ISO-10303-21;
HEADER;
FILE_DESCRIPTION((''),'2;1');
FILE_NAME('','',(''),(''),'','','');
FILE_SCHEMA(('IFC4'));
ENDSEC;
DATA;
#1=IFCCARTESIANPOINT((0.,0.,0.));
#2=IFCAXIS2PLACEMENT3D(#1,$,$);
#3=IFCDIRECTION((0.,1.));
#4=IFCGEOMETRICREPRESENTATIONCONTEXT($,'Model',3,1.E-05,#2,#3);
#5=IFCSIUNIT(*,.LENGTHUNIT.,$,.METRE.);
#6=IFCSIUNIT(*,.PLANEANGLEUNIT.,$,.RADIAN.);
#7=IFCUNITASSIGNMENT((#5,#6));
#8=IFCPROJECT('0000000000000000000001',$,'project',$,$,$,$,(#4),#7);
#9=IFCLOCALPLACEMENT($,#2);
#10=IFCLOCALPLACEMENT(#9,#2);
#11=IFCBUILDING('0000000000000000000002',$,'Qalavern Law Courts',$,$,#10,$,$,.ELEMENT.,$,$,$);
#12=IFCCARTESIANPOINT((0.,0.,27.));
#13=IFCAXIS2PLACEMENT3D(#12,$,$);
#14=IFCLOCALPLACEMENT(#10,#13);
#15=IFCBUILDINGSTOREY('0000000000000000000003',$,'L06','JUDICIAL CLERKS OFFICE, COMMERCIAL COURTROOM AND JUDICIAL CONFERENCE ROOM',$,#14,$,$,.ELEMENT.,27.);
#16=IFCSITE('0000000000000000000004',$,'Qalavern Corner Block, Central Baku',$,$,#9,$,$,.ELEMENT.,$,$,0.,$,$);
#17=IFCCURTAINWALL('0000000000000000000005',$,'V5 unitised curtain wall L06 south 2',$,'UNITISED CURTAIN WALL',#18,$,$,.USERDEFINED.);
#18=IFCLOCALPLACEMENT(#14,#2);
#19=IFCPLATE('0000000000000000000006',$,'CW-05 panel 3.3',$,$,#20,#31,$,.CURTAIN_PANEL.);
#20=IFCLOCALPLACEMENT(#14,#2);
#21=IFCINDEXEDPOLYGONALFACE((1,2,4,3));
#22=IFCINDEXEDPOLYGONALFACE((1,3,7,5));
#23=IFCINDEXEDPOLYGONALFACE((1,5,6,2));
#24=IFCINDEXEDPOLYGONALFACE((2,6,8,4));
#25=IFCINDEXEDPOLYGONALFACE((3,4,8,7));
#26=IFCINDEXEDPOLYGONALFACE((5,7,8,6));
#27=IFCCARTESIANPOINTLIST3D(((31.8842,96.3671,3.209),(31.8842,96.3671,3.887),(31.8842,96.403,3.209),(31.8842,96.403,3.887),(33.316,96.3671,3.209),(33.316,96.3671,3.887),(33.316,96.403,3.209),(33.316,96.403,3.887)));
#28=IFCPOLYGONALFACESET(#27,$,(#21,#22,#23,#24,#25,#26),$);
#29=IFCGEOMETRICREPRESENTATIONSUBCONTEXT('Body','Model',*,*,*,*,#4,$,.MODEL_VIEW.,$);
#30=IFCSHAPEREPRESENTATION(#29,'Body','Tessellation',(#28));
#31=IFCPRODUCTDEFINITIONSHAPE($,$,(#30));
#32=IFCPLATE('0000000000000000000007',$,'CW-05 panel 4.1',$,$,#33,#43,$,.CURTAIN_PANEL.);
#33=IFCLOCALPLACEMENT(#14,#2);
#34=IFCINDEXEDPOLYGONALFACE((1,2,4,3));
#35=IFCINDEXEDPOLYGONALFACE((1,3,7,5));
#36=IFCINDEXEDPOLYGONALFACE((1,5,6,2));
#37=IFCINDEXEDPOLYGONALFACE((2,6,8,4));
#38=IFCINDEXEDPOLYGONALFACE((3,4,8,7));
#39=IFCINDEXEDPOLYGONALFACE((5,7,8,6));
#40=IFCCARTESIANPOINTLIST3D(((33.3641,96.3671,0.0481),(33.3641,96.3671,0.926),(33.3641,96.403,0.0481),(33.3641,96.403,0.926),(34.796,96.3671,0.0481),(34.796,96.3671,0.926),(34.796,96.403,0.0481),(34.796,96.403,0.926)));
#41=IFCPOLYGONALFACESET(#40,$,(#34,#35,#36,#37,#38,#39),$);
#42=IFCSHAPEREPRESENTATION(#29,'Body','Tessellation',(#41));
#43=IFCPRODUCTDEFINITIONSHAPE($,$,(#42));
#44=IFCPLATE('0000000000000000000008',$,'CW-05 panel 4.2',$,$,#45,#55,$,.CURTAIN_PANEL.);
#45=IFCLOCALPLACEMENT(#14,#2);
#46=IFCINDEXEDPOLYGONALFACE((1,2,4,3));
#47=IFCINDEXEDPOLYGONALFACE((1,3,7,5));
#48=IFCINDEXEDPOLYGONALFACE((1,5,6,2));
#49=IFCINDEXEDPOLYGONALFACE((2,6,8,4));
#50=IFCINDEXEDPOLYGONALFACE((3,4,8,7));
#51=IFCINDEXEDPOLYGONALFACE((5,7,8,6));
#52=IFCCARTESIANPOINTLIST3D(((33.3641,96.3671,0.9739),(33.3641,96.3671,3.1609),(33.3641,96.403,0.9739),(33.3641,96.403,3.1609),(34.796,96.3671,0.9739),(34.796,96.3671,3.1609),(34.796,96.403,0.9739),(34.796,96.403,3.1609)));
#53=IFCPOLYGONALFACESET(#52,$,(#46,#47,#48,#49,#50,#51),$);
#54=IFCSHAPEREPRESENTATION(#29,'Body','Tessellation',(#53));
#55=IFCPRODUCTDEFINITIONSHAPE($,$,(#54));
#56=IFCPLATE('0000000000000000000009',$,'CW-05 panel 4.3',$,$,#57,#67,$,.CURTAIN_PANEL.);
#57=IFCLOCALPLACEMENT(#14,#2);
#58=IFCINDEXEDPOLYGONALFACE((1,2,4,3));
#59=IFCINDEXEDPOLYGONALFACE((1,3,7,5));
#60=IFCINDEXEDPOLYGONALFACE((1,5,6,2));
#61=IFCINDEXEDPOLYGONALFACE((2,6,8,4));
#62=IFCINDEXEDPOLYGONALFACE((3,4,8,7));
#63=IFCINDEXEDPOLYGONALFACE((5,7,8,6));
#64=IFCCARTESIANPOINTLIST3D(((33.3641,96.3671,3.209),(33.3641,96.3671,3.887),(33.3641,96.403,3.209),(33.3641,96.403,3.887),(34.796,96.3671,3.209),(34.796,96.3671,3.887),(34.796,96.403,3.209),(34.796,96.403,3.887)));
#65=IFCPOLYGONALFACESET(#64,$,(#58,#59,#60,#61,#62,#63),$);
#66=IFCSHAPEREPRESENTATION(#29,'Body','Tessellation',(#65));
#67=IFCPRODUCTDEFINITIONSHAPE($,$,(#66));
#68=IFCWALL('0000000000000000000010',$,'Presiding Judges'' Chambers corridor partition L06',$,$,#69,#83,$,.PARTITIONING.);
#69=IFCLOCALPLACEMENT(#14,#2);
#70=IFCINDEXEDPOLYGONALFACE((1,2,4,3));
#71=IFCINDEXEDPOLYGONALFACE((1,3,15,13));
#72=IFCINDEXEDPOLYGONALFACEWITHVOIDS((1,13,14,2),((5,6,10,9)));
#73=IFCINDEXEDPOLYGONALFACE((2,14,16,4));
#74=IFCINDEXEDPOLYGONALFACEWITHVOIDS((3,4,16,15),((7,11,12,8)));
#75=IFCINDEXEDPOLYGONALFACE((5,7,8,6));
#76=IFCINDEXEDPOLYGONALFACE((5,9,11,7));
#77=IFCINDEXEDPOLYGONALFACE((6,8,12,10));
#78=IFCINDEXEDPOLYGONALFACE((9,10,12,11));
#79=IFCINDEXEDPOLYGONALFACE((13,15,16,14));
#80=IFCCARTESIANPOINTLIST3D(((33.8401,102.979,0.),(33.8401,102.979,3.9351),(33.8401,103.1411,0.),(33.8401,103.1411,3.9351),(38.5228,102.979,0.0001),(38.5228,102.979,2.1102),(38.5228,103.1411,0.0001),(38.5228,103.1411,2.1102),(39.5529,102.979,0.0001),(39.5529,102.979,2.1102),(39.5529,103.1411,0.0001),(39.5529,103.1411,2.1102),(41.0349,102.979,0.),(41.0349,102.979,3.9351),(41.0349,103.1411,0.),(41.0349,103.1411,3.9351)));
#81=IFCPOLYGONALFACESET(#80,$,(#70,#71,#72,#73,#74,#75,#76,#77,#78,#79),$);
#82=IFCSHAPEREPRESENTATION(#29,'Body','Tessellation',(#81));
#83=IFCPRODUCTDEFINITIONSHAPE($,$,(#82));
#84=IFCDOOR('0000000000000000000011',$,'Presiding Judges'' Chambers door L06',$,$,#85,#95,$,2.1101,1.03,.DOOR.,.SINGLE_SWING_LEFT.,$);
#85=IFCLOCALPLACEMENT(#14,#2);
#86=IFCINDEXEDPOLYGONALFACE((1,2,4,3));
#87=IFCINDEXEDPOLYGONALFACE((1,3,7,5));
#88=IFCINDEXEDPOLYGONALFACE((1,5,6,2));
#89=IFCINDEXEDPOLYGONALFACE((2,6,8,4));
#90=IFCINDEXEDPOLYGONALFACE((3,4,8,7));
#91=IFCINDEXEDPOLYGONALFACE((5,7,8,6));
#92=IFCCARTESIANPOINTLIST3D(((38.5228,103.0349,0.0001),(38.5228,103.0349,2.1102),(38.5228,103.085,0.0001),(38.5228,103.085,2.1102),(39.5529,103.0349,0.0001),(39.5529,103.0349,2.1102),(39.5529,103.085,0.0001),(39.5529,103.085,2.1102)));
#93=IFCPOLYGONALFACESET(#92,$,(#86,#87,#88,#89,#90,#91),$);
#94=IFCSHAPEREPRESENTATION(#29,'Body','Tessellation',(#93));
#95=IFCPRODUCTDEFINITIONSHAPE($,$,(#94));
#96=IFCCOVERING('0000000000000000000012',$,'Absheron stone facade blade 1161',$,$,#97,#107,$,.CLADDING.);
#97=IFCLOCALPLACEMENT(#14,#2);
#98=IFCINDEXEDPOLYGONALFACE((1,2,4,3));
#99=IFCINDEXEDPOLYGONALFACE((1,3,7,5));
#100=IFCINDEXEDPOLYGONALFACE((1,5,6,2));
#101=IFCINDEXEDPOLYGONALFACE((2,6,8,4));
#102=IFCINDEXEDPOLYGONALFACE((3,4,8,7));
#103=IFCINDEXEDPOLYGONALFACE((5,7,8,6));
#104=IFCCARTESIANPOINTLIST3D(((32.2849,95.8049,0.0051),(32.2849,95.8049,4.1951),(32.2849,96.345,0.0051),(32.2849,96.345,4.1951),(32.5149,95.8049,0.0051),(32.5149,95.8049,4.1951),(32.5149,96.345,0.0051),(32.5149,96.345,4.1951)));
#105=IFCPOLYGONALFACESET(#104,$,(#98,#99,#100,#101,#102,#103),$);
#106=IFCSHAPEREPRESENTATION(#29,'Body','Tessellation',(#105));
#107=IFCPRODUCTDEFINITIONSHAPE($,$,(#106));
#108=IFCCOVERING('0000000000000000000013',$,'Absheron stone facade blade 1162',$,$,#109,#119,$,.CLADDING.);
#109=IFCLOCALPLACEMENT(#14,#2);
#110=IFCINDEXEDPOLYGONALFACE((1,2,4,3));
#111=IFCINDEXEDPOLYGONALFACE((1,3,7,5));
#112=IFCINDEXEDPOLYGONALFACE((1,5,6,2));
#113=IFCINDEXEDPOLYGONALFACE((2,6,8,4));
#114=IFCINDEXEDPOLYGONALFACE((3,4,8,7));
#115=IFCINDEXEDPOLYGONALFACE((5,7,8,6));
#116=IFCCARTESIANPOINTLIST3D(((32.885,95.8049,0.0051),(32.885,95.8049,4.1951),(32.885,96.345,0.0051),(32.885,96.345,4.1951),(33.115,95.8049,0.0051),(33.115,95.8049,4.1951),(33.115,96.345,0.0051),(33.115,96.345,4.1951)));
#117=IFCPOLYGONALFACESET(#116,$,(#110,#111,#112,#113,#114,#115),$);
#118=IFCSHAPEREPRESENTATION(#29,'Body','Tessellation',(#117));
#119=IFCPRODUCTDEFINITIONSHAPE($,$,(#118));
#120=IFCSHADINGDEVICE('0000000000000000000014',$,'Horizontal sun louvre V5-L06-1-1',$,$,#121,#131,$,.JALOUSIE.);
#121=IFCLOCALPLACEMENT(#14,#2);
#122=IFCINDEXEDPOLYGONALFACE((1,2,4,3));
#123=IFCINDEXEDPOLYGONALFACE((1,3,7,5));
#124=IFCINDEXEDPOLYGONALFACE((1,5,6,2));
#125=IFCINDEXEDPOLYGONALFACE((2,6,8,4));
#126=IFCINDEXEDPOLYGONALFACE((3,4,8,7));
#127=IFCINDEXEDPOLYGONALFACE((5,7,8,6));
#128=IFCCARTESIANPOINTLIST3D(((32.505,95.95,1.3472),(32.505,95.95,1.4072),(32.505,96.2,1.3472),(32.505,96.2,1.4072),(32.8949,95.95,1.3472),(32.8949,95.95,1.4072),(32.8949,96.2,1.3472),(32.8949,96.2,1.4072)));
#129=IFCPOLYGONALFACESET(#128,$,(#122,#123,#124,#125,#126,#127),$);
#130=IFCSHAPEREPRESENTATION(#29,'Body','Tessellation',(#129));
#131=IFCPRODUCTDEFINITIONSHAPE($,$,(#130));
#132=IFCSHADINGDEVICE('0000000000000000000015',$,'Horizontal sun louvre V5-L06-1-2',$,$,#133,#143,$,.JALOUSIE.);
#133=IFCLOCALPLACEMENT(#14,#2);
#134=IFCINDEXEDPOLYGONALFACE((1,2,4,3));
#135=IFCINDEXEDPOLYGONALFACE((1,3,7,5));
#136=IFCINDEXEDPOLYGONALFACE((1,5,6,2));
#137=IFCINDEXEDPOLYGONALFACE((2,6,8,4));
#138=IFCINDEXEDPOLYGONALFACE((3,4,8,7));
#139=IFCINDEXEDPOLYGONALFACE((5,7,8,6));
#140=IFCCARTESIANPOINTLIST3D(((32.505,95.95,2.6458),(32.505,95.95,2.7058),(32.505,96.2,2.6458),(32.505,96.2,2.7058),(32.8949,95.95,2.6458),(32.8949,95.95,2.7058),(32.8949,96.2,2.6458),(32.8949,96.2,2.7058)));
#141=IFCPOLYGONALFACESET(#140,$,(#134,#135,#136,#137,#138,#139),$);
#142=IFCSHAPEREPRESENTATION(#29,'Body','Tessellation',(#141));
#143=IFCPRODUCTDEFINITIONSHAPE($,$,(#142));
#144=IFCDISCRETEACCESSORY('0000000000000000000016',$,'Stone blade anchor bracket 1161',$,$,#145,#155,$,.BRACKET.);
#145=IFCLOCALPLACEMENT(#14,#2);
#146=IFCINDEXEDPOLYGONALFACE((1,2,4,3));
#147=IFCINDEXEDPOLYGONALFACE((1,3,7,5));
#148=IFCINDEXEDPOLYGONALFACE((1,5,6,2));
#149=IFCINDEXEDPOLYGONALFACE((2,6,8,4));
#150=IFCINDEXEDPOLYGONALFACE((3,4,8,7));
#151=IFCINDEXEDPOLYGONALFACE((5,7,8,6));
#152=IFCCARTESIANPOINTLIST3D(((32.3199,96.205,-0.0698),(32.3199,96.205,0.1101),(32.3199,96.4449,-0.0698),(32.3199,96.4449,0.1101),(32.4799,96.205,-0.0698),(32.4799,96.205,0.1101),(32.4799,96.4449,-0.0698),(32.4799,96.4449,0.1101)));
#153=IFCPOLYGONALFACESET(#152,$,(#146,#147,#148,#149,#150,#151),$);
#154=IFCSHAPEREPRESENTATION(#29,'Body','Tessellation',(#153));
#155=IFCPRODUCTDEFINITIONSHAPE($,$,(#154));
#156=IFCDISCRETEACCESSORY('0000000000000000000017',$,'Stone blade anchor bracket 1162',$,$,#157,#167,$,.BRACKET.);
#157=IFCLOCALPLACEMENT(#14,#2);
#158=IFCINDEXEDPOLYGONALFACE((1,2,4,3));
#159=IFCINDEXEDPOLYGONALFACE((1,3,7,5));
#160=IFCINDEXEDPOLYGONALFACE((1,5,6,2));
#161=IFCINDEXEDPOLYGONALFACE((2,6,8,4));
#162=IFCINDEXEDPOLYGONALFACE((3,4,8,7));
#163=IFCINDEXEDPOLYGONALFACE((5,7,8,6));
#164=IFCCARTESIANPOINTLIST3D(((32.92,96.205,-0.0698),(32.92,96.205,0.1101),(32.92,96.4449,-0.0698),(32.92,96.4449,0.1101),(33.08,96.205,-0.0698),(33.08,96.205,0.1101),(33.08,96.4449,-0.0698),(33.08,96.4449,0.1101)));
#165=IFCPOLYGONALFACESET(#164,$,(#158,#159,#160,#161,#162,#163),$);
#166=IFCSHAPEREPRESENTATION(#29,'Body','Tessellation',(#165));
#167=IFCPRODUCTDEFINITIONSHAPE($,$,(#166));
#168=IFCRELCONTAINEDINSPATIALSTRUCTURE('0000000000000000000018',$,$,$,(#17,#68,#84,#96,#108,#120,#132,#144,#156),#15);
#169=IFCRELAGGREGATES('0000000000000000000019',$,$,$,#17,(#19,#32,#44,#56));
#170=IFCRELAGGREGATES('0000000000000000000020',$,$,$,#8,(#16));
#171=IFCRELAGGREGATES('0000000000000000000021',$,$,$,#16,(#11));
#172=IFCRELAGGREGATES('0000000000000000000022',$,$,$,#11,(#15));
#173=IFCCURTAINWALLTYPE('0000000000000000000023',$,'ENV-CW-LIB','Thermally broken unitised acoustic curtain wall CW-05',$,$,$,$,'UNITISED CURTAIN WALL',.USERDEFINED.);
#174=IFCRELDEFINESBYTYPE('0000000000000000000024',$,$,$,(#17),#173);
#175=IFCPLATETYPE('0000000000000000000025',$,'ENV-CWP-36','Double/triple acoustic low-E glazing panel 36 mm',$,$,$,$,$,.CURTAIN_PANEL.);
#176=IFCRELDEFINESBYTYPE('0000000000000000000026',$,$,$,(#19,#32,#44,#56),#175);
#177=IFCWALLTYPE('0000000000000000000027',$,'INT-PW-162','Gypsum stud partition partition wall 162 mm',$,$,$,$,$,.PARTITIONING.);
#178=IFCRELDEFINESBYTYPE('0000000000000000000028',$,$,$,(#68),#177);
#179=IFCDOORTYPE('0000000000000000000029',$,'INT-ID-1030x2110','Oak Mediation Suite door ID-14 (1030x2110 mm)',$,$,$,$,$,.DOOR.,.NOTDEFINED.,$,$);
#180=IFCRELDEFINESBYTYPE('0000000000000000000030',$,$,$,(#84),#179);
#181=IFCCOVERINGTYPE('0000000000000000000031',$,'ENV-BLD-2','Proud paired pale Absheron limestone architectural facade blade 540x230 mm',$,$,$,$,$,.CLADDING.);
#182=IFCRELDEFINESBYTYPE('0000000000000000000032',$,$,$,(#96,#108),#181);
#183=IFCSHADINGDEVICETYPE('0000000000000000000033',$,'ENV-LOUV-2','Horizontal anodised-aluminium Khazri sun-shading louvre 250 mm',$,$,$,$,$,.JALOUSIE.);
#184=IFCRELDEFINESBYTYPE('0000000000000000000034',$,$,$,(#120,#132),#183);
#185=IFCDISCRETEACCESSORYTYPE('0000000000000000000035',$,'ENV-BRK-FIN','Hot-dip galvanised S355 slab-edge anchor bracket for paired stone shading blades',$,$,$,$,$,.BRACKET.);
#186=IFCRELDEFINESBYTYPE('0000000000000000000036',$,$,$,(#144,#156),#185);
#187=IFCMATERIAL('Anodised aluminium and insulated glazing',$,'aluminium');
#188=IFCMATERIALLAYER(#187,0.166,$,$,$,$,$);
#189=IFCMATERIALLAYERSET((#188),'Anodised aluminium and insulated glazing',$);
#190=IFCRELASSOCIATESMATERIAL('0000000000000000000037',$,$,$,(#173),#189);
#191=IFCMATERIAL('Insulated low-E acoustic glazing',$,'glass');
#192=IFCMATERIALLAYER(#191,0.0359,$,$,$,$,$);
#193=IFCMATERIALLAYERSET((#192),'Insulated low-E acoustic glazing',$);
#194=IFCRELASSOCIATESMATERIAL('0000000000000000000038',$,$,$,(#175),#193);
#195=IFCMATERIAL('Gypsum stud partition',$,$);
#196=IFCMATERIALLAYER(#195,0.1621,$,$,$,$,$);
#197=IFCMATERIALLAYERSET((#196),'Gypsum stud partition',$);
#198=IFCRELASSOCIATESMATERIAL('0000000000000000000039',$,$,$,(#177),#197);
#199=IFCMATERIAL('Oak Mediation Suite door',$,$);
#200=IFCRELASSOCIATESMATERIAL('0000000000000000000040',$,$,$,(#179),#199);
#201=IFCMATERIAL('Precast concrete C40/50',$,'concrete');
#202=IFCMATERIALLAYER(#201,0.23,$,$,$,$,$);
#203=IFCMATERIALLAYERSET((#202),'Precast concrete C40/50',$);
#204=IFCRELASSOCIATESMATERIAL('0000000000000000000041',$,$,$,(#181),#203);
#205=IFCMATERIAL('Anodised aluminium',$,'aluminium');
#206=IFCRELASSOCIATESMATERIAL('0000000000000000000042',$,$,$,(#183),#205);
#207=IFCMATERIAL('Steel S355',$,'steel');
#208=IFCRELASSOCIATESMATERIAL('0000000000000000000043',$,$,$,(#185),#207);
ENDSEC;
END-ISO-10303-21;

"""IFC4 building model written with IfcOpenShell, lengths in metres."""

from ifc_helpers import new_model, si_unit, direction, frame, frame_2d, origin, origin_2d, place, context, subcontext, project, spatial, rectangle, extrude, material, layer, layer_set, type_object, element, fill, aggregate, save


model = new_model("IFC4")

# Units and contexts
model_context = context("Model", 3, precision=1e-05, world=origin(), true_north=direction((0.0, 1.0)))
body_context = subcontext(model_context, "Body", "Model", "MODEL_VIEW")
ifc_project = project(units=[si_unit("LENGTHUNIT", "METRE"), si_unit("PLANEANGLEUNIT", "RADIAN")], contexts=[model_context])

# Site, building, storey
site_placement = place(None, origin())
site = spatial("IfcSite", under=ifc_project, at=site_placement, Name="Qalavern Corner Block, Central Baku", CompositionType="ELEMENT", RefElevation=0.0)
building_placement = place(site_placement, origin())
building = spatial("IfcBuilding", under=site, at=building_placement, Name="Qalavern Law Courts", CompositionType="ELEMENT")
storey_placement = place(building_placement, frame((0.0, 0.0, 27.0)))
storey = spatial("IfcBuildingStorey", under=building, at=storey_placement, Name="L06", Description="JUDICIAL CLERKS OFFICE, COMMERCIAL COURTROOM AND JUDICIAL CONFERENCE ROOM", CompositionType="ELEMENT", Elevation=27.0)

# Curtain wall, plates
ifc_material_1 = material(Name="Anodised aluminium and insulated glazing", Category="aluminium")
ifc_layer_1 = layer(ifc_material_1, 0.166)
ifc_layer_set_1 = layer_set([ifc_layer_1], Name="Anodised aluminium and insulated glazing")
curtain_wall_type = type_object("IfcCurtainWallType", Name="ENV-CW-LIB", Description="Thermally broken unitised acoustic curtain wall CW-05", ElementType="UNITISED CURTAIN WALL", PredefinedType="USERDEFINED", material=ifc_layer_set_1)
curtain_wall_placement = place(storey_placement, origin())
curtain_wall = element("IfcCurtainWall", 1, at=curtain_wall_placement, inside=storey, type_object=curtain_wall_type, Name="V5 unitised curtain wall L06 south 2", ObjectType="UNITISED CURTAIN WALL", PredefinedType="USERDEFINED")
ifc_material_2 = material(Name="Anodised aluminium", Category="aluminium")
ifc_material_3 = material(Name="Insulated low-E acoustic glazing", Category="glass")
ifc_layer_2 = layer(ifc_material_3, 0.0359)
ifc_layer_set_2 = layer_set([ifc_layer_2], Name="Insulated low-E acoustic glazing")
plate_type = type_object("IfcPlateType", Name="ENV-CWP-36", Description="Double/triple acoustic low-E glazing panel 36 mm", PredefinedType="CURTAIN_PANEL", material=ifc_layer_set_2)
plate_1_placement = place(storey_placement, frame((32.6001, 96.385, 3.209), z_axis=(0.0, 0.0, 1.0), x_axis=(1.0, 0.0, 0.0)))
plate_1 = element("IfcPlate", 2, at=plate_1_placement, type_object=plate_type, Name="CW-05 panel 3.3", PredefinedType="CURTAIN_PANEL", context=body_context, shape_type="SweptSolid", body=[
    extrude(rectangle(XDim=1.4319, YDim=0.0359, at=origin_2d()), origin(), (0.0, 0.0, 1.0), 0.678),
])
plate_2_placement = place(storey_placement, frame((34.0801, 96.385, 0.0481), z_axis=(0.0, 0.0, 1.0), x_axis=(1.0, 0.0, 0.0)))
plate_2 = element("IfcPlate", 3, at=plate_2_placement, type_object=plate_type, Name="CW-05 panel 4.1", PredefinedType="CURTAIN_PANEL", context=body_context, shape_type="SweptSolid", body=[
    extrude(rectangle(XDim=1.4319, YDim=0.0359, at=origin_2d()), origin(), (0.0, 0.0, 1.0), 0.8779),
])
plate_3_placement = place(storey_placement, frame((34.0801, 96.385, 0.9739), z_axis=(0.0, 0.0, 1.0), x_axis=(1.0, 0.0, 0.0)))
plate_3 = element("IfcPlate", 4, at=plate_3_placement, type_object=plate_type, Name="CW-05 panel 4.2", PredefinedType="CURTAIN_PANEL", context=body_context, shape_type="SweptSolid", body=[
    extrude(rectangle(XDim=1.4319, YDim=0.0359, at=origin_2d()), origin(), (0.0, 0.0, 1.0), 2.187),
])
plate_4_placement = place(storey_placement, frame((34.0801, 96.385, 3.209), z_axis=(0.0, 0.0, 1.0), x_axis=(1.0, 0.0, 0.0)))
plate_4 = element("IfcPlate", 5, at=plate_4_placement, type_object=plate_type, Name="CW-05 panel 4.3", PredefinedType="CURTAIN_PANEL", context=body_context, shape_type="SweptSolid", body=[
    extrude(rectangle(XDim=1.4319, YDim=0.0359, at=origin_2d()), origin(), (0.0, 0.0, 1.0), 0.678),
])
aggregate(curtain_wall, [plate_1, plate_2, plate_3, plate_4])

# Wall, opening, door
ifc_material_4 = material(Name="Gypsum stud partition")
ifc_layer_3 = layer(ifc_material_4, 0.1621)
ifc_layer_set_3 = layer_set([ifc_layer_3], Name="Gypsum stud partition")
wall_type = type_object("IfcWallType", Name="INT-PW-162", Description="Gypsum stud partition partition wall 162 mm", PredefinedType="PARTITIONING", material=ifc_layer_set_3)
wall_placement = place(storey_placement, frame((33.8401, 103.0601, 0.0), z_axis=(0.0, 0.0, 1.0), x_axis=(1.0, 0.0, 0.0)))
wall = element("IfcWall", 6, at=wall_placement, inside=storey, type_object=wall_type, Name="Presiding Judges' Chambers corridor partition L06", PredefinedType="PARTITIONING", context=body_context, shape_type="SweptSolid", body=[
    extrude(rectangle(XDim=7.1948, YDim=0.1621, at=frame_2d((3.5974, 0.0))), origin(), (0.0, 0.0, 1.0), 3.9351),
])
opening_placement = place(wall_placement, frame((4.6826, 0.0, 0.0)))
opening = element("IfcOpeningElement", 7, at=opening_placement, cuts=wall, PredefinedType="OPENING", context=body_context, shape_type="SweptSolid", body=[
    extrude(rectangle(XDim=1.03, YDim=2.1101, at=frame_2d((0.5151, 1.0552))), frame((0.0, 0.0959, 0.0), z_axis=(0.0, -1.0, 0.0), x_axis=(1.0, 0.0, 0.0)), (0.0, 0.0, 1.0), 0.1919),
])
ifc_material_5 = material(Name="Oak Mediation Suite door")
door_type = type_object("IfcDoorType", Name="INT-ID-1030x2110", Description="Oak Mediation Suite door ID-14 (1030x2110 mm)", OperationType="NOTDEFINED", PredefinedType="DOOR", material=ifc_material_5)
door_placement = place(opening_placement, origin())
door = element("IfcDoor", 8, at=door_placement, inside=storey, type_object=door_type, Name="Presiding Judges' Chambers door L06", OperationType="SINGLE_SWING_LEFT", OverallHeight=2.1101, OverallWidth=1.03, PredefinedType="DOOR", context=body_context, shape_type="SweptSolid", body=[
    extrude(rectangle(XDim=1.03, YDim=2.1101, at=frame_2d((0.5151, 1.0552))), frame((0.0, 0.0249, 0.0), z_axis=(0.0, -1.0, 0.0), x_axis=(1.0, 0.0, 0.0)), (0.0, 0.0, 1.0), 0.05),
])
fill(opening, door)

# Coverings
ifc_material_6 = material(Name="Precast concrete C40/50", Category="concrete")
ifc_layer_4 = layer(ifc_material_6, 0.23)
ifc_layer_set_4 = layer_set([ifc_layer_4], Name="Precast concrete C40/50")
covering_type = type_object("IfcCoveringType", Name="ENV-BLD-2", Description="Proud paired pale Absheron limestone architectural facade blade 540x230 mm", PredefinedType="CLADDING", material=ifc_layer_set_4)
for number, where, z_axis, x_axis, name in (
    (9, (32.3999, 96.075, 0.0051), (0.0, 0.0, 1.0), (0.0, -1.0, 0.0), "Absheron stone facade blade 1161"),
    (10, (33.0, 96.075, 0.0051), (0.0, 0.0, 1.0), (0.0, -1.0, 0.0), "Absheron stone facade blade 1162"),
):
    element("IfcCovering", number, at=place(storey_placement, frame(where, z_axis=z_axis, x_axis=x_axis)), inside=storey, type_object=covering_type, Name=name, PredefinedType="CLADDING", context=body_context, shape_type="SweptSolid", body=[
        extrude(rectangle(XDim=0.54, YDim=0.23, at=origin_2d()), origin(), (0.0, 0.0, 1.0), 4.1899),
    ])

# Shading devices
shading_device_type = type_object("IfcShadingDeviceType", Name="ENV-LOUV-2", Description="Horizontal anodised-aluminium Khazri sun-shading louvre 250 mm", PredefinedType="JALOUSIE", material=ifc_material_2)
for number, where, z_axis, x_axis, name in (
    (11, (32.7, 96.075, 1.3472), (0.0, 0.0, 1.0), (1.0, 0.0, 0.0), "Horizontal sun louvre V5-L06-1-1"),
    (12, (32.7, 96.075, 2.6458), (0.0, 0.0, 1.0), (1.0, 0.0, 0.0), "Horizontal sun louvre V5-L06-1-2"),
):
    element("IfcShadingDevice", number, at=place(storey_placement, frame(where, z_axis=z_axis, x_axis=x_axis)), inside=storey, type_object=shading_device_type, Name=name, PredefinedType="JALOUSIE", context=body_context, shape_type="SweptSolid", body=[
        extrude(rectangle(XDim=0.3899, YDim=0.25, at=origin_2d()), origin(), (0.0, 0.0, 1.0), 0.0601),
    ])

# Discrete accessories
ifc_material_7 = material(Name="Steel S355", Category="steel")
discrete_accessory_type = type_object("IfcDiscreteAccessoryType", Name="ENV-BRK-FIN", Description="Hot-dip galvanised S355 slab-edge anchor bracket for paired stone shading blades", PredefinedType="BRACKET", material=ifc_material_7)
for number, where, z_axis, x_axis, name in (
    (13, (32.3999, 96.325, -0.0698), (0.0, 0.0, 1.0), (0.0, -1.0, 0.0), "Stone blade anchor bracket 1161"),
    (14, (33.0, 96.325, -0.0698), (0.0, 0.0, 1.0), (0.0, -1.0, 0.0), "Stone blade anchor bracket 1162"),
):
    element("IfcDiscreteAccessory", number, at=place(storey_placement, frame(where, z_axis=z_axis, x_axis=x_axis)), inside=storey, type_object=discrete_accessory_type, Name=name, PredefinedType="BRACKET", context=body_context, shape_type="SweptSolid", body=[
        extrude(rectangle(XDim=0.24, YDim=0.1599, at=origin_2d()), origin(), (0.0, 0.0, 1.0), 0.1799),
    ])

save(model, "model.ifc")
